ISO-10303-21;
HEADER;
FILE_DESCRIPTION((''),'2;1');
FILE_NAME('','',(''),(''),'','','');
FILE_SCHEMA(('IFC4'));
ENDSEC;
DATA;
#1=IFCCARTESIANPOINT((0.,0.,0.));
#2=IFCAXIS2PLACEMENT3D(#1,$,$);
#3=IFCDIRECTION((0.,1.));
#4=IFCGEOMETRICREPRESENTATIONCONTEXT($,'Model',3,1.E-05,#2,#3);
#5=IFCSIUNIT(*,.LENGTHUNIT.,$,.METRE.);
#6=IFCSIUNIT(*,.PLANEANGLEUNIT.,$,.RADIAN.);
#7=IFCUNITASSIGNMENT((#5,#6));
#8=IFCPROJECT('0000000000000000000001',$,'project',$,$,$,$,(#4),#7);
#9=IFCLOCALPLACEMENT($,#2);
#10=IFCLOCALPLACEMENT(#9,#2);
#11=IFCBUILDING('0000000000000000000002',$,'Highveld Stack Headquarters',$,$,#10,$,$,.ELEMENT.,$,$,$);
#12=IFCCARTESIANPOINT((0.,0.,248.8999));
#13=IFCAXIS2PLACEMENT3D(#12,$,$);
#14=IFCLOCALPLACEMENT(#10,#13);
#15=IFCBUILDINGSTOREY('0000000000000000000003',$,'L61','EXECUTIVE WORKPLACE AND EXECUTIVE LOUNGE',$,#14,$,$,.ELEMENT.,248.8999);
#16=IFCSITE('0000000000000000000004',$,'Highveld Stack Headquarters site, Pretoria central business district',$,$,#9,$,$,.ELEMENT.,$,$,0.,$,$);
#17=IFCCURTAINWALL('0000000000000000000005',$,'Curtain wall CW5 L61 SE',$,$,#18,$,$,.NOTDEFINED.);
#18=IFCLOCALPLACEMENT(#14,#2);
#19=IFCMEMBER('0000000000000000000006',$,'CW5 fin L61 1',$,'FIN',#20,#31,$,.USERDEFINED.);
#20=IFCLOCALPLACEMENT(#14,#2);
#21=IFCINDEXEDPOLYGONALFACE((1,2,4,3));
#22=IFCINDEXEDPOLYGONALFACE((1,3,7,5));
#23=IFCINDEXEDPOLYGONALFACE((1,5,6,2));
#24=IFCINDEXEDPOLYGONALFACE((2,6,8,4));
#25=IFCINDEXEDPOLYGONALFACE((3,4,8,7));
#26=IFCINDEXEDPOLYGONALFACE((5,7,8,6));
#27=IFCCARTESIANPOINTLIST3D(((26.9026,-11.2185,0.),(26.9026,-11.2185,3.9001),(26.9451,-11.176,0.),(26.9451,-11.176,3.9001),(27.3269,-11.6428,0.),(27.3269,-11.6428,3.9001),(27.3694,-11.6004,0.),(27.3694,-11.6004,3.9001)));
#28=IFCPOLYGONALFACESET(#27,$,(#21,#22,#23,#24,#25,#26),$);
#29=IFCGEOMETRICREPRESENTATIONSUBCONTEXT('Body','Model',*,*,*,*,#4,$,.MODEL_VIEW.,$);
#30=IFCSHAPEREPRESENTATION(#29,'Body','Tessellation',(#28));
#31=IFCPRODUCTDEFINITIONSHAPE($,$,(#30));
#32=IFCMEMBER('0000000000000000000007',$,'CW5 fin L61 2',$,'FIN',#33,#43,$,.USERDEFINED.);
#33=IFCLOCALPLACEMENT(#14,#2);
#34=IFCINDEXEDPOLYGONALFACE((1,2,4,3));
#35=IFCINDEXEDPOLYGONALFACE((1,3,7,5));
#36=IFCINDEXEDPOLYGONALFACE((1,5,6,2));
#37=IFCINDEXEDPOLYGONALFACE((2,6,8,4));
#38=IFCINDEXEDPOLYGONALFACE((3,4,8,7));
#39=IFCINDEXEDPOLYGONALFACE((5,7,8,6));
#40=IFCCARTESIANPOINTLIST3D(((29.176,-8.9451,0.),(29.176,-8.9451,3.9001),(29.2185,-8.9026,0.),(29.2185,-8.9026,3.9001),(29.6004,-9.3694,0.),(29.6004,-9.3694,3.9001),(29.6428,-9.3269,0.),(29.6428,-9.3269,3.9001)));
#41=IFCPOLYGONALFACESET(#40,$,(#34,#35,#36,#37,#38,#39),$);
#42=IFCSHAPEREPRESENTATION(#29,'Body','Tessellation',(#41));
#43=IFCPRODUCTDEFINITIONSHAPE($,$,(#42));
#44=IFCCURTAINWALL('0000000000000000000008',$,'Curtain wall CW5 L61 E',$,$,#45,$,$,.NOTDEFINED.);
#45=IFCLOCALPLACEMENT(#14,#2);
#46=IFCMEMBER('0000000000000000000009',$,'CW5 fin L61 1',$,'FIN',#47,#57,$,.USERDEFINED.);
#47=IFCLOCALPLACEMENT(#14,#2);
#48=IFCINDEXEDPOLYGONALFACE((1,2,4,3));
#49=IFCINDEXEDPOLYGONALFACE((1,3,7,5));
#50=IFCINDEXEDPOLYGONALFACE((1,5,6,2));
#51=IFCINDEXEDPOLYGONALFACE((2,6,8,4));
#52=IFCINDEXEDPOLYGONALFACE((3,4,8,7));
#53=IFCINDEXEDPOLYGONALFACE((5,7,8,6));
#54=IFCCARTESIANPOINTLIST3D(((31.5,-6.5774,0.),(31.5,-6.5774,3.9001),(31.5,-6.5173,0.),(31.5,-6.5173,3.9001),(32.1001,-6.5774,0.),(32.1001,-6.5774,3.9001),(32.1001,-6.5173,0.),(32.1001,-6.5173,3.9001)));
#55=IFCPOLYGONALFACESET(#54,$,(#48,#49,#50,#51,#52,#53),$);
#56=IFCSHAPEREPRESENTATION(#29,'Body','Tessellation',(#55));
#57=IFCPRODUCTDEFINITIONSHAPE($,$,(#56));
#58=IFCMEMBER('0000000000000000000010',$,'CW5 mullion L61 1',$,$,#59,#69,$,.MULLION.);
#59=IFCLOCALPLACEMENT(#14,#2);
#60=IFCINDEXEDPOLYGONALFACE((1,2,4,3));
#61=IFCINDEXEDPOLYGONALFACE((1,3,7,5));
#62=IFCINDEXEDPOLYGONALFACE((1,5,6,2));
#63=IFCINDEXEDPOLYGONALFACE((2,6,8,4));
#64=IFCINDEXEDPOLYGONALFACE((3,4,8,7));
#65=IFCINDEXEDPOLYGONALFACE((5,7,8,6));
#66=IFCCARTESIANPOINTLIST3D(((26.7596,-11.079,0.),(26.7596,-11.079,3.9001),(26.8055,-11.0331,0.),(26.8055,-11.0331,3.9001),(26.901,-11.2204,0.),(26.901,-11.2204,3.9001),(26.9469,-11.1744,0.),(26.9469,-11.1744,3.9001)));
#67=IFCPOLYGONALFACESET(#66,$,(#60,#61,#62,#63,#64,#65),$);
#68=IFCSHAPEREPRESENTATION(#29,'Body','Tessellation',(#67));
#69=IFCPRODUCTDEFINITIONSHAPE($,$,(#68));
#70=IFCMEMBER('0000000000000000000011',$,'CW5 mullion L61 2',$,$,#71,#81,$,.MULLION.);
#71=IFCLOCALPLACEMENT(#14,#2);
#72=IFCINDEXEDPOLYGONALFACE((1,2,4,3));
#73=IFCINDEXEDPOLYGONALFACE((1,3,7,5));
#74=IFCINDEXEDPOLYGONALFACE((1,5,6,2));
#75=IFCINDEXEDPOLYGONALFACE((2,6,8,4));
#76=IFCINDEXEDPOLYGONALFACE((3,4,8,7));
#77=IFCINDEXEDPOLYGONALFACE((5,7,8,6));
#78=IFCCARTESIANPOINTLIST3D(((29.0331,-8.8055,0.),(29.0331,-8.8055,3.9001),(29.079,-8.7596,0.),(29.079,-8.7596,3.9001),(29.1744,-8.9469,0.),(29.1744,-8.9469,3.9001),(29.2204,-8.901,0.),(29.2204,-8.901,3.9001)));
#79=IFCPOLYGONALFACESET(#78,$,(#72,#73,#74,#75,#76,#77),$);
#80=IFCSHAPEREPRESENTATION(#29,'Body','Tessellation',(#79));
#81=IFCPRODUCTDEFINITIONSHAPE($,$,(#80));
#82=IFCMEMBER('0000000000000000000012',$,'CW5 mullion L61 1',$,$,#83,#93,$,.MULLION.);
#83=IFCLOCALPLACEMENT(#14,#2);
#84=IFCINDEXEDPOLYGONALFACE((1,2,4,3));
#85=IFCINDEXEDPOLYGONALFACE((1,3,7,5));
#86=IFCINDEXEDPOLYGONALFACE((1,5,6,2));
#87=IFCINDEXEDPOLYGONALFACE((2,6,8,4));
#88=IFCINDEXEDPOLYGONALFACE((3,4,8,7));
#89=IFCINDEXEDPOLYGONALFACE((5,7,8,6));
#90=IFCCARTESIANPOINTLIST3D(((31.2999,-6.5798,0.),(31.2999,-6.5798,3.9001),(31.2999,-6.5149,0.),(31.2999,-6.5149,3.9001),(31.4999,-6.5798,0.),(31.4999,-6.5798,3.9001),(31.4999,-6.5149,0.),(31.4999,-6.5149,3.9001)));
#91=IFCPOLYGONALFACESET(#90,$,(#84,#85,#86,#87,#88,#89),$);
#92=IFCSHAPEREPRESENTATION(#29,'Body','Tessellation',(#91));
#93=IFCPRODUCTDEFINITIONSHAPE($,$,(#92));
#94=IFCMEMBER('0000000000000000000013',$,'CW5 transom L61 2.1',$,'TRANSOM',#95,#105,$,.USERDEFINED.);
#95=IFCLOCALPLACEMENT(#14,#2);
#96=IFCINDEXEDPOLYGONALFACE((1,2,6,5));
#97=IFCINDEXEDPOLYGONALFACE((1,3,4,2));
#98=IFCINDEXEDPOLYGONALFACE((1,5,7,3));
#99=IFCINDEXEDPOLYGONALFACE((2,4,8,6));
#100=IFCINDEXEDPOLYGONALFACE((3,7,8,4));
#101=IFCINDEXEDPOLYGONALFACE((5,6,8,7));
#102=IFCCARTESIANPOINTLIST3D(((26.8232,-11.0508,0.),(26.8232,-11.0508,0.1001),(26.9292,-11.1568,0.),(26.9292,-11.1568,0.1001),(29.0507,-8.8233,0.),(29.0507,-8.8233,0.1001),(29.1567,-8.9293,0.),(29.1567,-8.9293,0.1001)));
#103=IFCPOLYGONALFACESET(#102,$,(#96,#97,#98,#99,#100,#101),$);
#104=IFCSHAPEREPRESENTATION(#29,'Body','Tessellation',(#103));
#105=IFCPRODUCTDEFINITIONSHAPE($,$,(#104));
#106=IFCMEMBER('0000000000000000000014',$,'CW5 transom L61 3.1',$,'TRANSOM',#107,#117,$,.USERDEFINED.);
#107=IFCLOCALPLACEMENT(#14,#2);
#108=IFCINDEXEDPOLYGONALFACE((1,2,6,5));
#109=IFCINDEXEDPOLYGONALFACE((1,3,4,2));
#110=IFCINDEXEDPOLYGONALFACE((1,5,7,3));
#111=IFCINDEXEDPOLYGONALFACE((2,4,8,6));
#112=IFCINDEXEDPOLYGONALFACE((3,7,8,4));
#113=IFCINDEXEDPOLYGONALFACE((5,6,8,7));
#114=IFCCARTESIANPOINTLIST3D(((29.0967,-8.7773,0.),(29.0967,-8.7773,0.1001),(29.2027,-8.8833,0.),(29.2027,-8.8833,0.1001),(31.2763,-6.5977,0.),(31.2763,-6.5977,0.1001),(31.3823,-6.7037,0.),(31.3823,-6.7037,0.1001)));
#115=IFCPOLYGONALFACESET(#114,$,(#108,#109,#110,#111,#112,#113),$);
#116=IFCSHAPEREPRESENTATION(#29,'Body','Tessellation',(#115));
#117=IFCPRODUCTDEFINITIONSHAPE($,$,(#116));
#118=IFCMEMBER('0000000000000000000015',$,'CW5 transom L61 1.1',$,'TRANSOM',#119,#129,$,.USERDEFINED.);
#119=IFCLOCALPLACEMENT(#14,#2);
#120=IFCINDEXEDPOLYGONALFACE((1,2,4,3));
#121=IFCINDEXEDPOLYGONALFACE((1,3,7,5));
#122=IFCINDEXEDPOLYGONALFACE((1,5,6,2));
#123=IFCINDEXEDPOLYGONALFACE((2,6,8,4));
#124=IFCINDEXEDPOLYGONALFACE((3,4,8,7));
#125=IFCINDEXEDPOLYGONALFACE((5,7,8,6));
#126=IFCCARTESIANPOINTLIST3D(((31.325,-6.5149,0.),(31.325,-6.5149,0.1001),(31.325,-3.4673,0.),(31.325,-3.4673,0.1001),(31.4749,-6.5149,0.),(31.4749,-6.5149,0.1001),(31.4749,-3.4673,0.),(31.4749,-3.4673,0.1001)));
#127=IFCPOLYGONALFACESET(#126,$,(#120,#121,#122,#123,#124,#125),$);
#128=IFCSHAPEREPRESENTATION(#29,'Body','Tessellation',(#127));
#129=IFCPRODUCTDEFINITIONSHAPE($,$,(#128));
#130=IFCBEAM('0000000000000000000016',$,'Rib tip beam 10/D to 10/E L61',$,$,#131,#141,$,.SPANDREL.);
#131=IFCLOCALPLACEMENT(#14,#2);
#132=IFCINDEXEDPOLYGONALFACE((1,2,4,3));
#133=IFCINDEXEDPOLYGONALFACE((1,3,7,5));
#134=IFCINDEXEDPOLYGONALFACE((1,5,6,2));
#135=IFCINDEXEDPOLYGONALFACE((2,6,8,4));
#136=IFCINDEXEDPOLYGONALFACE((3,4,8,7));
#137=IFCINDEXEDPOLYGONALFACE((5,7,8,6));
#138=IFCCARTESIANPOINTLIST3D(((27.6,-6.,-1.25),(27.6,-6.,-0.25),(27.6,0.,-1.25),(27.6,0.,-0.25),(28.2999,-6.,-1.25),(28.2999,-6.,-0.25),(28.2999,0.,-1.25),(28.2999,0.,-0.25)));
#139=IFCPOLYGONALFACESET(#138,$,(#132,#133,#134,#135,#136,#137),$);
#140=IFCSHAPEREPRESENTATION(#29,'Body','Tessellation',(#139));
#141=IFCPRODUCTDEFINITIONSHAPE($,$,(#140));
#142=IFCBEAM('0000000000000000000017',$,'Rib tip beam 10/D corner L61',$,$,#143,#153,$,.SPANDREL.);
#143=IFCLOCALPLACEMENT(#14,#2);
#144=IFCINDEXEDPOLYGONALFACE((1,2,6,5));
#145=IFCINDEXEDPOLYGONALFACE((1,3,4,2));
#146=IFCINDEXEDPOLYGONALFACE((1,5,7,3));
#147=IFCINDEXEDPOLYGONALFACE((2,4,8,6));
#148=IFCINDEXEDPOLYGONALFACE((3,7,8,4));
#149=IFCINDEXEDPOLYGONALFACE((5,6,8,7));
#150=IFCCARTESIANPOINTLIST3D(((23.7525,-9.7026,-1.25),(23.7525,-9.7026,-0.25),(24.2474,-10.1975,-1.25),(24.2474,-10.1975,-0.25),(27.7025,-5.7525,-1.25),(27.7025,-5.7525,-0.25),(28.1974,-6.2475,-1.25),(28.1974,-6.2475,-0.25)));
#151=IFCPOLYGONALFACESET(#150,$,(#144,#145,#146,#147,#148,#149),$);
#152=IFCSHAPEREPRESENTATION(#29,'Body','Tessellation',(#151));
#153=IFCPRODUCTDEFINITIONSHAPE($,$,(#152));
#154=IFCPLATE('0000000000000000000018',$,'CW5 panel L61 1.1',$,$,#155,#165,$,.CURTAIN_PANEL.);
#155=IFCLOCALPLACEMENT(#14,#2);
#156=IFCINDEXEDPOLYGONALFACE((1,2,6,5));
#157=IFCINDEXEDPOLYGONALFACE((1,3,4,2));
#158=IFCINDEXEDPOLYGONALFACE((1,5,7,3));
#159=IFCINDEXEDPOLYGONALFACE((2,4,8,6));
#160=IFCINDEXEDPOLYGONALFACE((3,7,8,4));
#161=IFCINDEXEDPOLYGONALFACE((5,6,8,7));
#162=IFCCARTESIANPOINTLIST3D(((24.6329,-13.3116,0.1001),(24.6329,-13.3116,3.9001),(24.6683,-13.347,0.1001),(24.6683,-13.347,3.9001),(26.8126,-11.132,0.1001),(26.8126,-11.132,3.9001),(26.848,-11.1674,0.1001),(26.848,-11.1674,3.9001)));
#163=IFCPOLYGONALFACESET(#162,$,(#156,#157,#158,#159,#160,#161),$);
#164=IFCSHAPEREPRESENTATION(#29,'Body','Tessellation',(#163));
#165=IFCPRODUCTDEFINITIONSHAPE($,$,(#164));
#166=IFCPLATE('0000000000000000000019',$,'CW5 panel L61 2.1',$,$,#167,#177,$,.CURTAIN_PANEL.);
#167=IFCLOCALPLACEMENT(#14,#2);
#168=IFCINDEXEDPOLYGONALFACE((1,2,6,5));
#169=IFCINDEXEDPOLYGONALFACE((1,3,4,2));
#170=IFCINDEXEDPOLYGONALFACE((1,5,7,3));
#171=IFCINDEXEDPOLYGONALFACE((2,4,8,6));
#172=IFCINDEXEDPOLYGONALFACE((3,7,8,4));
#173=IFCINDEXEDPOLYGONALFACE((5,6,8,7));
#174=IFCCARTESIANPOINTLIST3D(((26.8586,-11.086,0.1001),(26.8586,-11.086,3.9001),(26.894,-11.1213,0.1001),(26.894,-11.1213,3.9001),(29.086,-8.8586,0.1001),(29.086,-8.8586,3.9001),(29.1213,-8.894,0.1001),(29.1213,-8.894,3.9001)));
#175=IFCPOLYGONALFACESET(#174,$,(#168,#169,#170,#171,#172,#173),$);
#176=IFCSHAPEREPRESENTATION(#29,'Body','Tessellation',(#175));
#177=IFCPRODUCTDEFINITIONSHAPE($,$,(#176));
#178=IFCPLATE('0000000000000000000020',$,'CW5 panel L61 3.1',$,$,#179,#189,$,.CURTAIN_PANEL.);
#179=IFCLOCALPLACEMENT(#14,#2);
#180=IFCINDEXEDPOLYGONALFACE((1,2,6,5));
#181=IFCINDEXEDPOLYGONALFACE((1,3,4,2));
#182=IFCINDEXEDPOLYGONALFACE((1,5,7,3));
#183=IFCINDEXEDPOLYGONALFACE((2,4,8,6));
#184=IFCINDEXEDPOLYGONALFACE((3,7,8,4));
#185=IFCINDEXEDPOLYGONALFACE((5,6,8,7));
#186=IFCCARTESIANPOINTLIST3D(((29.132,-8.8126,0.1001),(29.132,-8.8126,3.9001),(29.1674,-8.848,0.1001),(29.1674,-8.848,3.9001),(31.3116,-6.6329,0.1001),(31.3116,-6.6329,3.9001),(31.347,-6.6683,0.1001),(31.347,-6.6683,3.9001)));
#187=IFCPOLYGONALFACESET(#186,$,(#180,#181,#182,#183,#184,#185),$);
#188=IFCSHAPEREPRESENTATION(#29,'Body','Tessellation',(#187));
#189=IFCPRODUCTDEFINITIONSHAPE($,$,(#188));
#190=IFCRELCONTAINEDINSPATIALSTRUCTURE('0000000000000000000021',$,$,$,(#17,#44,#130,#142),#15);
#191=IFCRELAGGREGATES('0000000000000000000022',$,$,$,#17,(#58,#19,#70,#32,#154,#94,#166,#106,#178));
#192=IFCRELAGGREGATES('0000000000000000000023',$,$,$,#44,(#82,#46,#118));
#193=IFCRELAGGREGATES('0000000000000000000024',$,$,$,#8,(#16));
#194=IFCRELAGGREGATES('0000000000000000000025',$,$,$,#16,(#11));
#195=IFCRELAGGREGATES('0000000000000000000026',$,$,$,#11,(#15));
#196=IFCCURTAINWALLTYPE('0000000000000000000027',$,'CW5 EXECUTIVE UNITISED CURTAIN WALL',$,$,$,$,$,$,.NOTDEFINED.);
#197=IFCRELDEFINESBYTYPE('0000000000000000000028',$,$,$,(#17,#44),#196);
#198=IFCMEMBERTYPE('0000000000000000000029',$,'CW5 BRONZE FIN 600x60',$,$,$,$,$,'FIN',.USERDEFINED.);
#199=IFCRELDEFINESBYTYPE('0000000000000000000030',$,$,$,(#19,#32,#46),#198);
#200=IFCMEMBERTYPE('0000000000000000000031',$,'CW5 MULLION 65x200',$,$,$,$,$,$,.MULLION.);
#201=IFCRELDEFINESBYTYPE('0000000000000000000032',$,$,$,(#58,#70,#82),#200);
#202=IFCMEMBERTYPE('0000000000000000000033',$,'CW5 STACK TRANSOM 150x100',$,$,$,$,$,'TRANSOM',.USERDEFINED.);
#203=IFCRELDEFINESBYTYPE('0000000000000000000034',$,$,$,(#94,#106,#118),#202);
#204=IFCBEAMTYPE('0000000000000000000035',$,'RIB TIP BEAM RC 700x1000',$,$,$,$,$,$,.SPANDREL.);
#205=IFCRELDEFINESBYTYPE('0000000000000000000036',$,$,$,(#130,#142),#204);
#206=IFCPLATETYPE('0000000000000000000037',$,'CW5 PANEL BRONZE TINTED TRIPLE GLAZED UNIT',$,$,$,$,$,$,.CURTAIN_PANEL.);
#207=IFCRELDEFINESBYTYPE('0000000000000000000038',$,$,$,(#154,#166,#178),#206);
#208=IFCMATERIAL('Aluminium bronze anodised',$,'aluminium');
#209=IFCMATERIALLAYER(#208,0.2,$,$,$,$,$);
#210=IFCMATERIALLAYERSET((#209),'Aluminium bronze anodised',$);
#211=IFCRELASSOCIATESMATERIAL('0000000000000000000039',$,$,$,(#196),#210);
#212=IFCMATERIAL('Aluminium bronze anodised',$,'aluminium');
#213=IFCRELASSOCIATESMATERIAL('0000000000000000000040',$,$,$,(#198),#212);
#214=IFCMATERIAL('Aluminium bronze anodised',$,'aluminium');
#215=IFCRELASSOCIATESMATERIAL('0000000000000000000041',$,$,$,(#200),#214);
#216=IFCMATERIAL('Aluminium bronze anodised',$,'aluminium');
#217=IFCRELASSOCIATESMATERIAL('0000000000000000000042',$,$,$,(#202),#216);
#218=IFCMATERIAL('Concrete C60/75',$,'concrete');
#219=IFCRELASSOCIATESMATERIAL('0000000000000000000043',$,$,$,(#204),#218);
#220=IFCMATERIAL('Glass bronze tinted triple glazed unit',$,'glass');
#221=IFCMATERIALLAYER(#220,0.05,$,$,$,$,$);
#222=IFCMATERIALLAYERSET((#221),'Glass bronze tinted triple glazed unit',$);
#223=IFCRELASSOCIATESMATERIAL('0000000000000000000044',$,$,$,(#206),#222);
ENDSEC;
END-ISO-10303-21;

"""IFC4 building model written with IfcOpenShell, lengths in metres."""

from ifc_helpers import new_model, si_unit, direction, frame, origin, origin_2d, place, context, subcontext, project, spatial, rectangle, extrude, material, layer, layer_set, material_profile, profile_set, type_object, element, aggregate, save


model = new_model("IFC4")

# Units and contexts
model_context = context("Model", 3, precision=1e-05, world=origin(), true_north=direction((0.0, 1.0)))
body_context = subcontext(model_context, "Body", "Model", "MODEL_VIEW")
ifc_project = project(units=[si_unit("LENGTHUNIT", "METRE"), si_unit("PLANEANGLEUNIT", "RADIAN")], contexts=[model_context])

# Site, building, storey
site_placement = place(None, origin())
site = spatial("IfcSite", under=ifc_project, at=site_placement, Name="Highveld Stack Headquarters site, Pretoria central business district", CompositionType="ELEMENT", RefElevation=0.0)
building_placement = place(site_placement, origin())
building = spatial("IfcBuilding", under=site, at=building_placement, Name="Highveld Stack Headquarters", CompositionType="ELEMENT")
storey_placement = place(building_placement, frame((0.0, 0.0, 248.8999)))
storey = spatial("IfcBuildingStorey", under=building, at=storey_placement, Name="L61", Description="EXECUTIVE WORKPLACE AND EXECUTIVE LOUNGE", CompositionType="ELEMENT", Elevation=248.8999)

# Curtain wall, members
ifc_material_1 = material(Name="Aluminium bronze anodised", Category="aluminium")
ifc_layer_1 = layer(ifc_material_1, 0.2)
ifc_layer_set_1 = layer_set([ifc_layer_1], Name="Aluminium bronze anodised")
curtain_wall_type = type_object("IfcCurtainWallType", Name="CW5 EXECUTIVE UNITISED CURTAIN WALL", PredefinedType="NOTDEFINED", material=ifc_layer_set_1)
curtain_wall_1_placement = place(storey_placement, origin())
curtain_wall_1 = element("IfcCurtainWall", 1, at=curtain_wall_1_placement, inside=storey, type_object=curtain_wall_type, Name="Curtain wall CW5 L61 SE", PredefinedType="NOTDEFINED")
ifc_material_2 = material(Name="Aluminium bronze anodised", Category="aluminium")
ifc_material_profile_1 = material_profile(ifc_material_2, rectangle(XDim=0.6001, YDim=0.0601, at=origin_2d()), Name="FIN 600x60")
ifc_profile_set_1 = profile_set([ifc_material_profile_1], Name="Aluminium bronze anodised")
member_type_1 = type_object("IfcMemberType", Name="CW5 BRONZE FIN 600x60", ElementType="FIN", PredefinedType="USERDEFINED", material=ifc_profile_set_1)
member_1_placement = place(storey_placement, frame((27.136, -11.4094, 0.0), z_axis=(0.0, 0.0, 1.0), x_axis=(-0.707107, 0.707107, 0.0)))
member_1 = element("IfcMember", 2, at=member_1_placement, type_object=member_type_1, Name="CW5 fin L61 1", ObjectType="FIN", PredefinedType="USERDEFINED", context=body_context, shape_type="SweptSolid", body=[
    extrude(rectangle(XDim=0.6001, YDim=0.0601, at=origin_2d()), origin(), (0.0, 0.0, 1.0), 3.9001),
])
member_2_placement = place(storey_placement, frame((29.4094, -9.136, 0.0), z_axis=(0.0, 0.0, 1.0), x_axis=(-0.707107, 0.707107, 0.0)))
member_2 = element("IfcMember", 3, at=member_2_placement, type_object=member_type_1, Name="CW5 fin L61 2", ObjectType="FIN", PredefinedType="USERDEFINED", context=body_context, shape_type="SweptSolid", body=[
    extrude(rectangle(XDim=0.6001, YDim=0.0601, at=origin_2d()), origin(), (0.0, 0.0, 1.0), 3.9001),
])

# Curtain wall, member
curtain_wall_2_placement = place(storey_placement, origin())
curtain_wall_2 = element("IfcCurtainWall", 4, at=curtain_wall_2_placement, inside=storey, type_object=curtain_wall_type, Name="Curtain wall CW5 L61 E", PredefinedType="NOTDEFINED")
member_3_placement = place(storey_placement, frame((31.8, -6.5474, 0.0), z_axis=(0.0, 0.0, 1.0), x_axis=(-1.0, 0.0, 0.0)))
member_3 = element("IfcMember", 5, at=member_3_placement, type_object=member_type_1, Name="CW5 fin L61 1", ObjectType="FIN", PredefinedType="USERDEFINED", context=body_context, shape_type="SweptSolid", body=[
    extrude(rectangle(XDim=0.6001, YDim=0.0601, at=origin_2d()), origin(), (0.0, 0.0, 1.0), 3.9001),
])

# Members
ifc_material_3 = material(Name="Aluminium bronze anodised", Category="aluminium")
ifc_material_profile_2 = material_profile(ifc_material_3, rectangle(XDim=0.2, YDim=0.0649, at=origin_2d()), Name="CW5 MULLION 65x200")
ifc_profile_set_2 = profile_set([ifc_material_profile_2], Name="Aluminium bronze anodised")
member_type_2 = type_object("IfcMemberType", Name="CW5 MULLION 65x200", PredefinedType="MULLION", material=ifc_profile_set_2)
member_4_placement = place(storey_placement, frame((26.8533, -11.1267, 0.0), z_axis=(0.0, 0.0, 1.0), x_axis=(-0.707107, 0.707107, 0.0)))
member_4 = element("IfcMember", 6, at=member_4_placement, type_object=member_type_2, Name="CW5 mullion L61 1", PredefinedType="MULLION", context=body_context, shape_type="SweptSolid", body=[
    extrude(rectangle(XDim=0.2, YDim=0.0649, at=origin_2d()), origin(), (0.0, 0.0, 1.0), 3.9001),
])
member_5_placement = place(storey_placement, frame((29.1267, -8.8533, 0.0), z_axis=(0.0, 0.0, 1.0), x_axis=(-0.707107, 0.707107, 0.0)))
member_5 = element("IfcMember", 7, at=member_5_placement, type_object=member_type_2, Name="CW5 mullion L61 2", PredefinedType="MULLION", context=body_context, shape_type="SweptSolid", body=[
    extrude(rectangle(XDim=0.2, YDim=0.0649, at=origin_2d()), origin(), (0.0, 0.0, 1.0), 3.9001),
])
member_6_placement = place(storey_placement, frame((31.3999, -6.5474, 0.0), z_axis=(0.0, 0.0, 1.0), x_axis=(-1.0, 0.0, 0.0)))
member_6 = element("IfcMember", 8, at=member_6_placement, type_object=member_type_2, Name="CW5 mullion L61 1", PredefinedType="MULLION", context=body_context, shape_type="SweptSolid", body=[
    extrude(rectangle(XDim=0.2, YDim=0.0649, at=origin_2d()), origin(), (0.0, 0.0, 1.0), 3.9001),
])
ifc_material_4 = material(Name="Aluminium bronze anodised", Category="aluminium")
ifc_material_profile_3 = material_profile(ifc_material_4, rectangle(XDim=0.1499, YDim=0.1001, at=origin_2d()), Name="CW5 TRANSOM 150x100")
ifc_profile_set_3 = profile_set([ifc_material_profile_3], Name="Aluminium bronze anodised")
member_type_3 = type_object("IfcMemberType", Name="CW5 STACK TRANSOM 150x100", ElementType="TRANSOM", PredefinedType="USERDEFINED", material=ifc_profile_set_3)
member_7_placement = place(storey_placement, frame((26.8762, -11.1038, 0.05), z_axis=(0.707107, 0.707107, 0.0), x_axis=(-0.707107, 0.707107, 0.0)))
member_7 = element("IfcMember", 9, at=member_7_placement, type_object=member_type_3, Name="CW5 transom L61 2.1", ObjectType="TRANSOM", PredefinedType="USERDEFINED", context=body_context, shape_type="SweptSolid", body=[
    extrude(rectangle(XDim=0.1499, YDim=0.1001, at=origin_2d()), origin(), (0.0, 0.0, 1.0), 3.1501),
])
member_8_placement = place(storey_placement, frame((29.1497, -8.8303, 0.05), z_axis=(0.707107, 0.707107, 0.0), x_axis=(-0.707107, 0.707107, 0.0)))
member_8 = element("IfcMember", 10, at=member_8_placement, type_object=member_type_3, Name="CW5 transom L61 3.1", ObjectType="TRANSOM", PredefinedType="USERDEFINED", context=body_context, shape_type="SweptSolid", body=[
    extrude(rectangle(XDim=0.1499, YDim=0.1001, at=origin_2d()), origin(), (0.0, 0.0, 1.0), 3.0825),
])
member_9_placement = place(storey_placement, frame((31.3999, -6.5149, 0.05), z_axis=(0.0, 1.0, 0.0), x_axis=(-1.0, 0.0, 0.0)))
member_9 = element("IfcMember", 11, at=member_9_placement, type_object=member_type_3, Name="CW5 transom L61 1.1", ObjectType="TRANSOM", PredefinedType="USERDEFINED", context=body_context, shape_type="SweptSolid", body=[
    extrude(rectangle(XDim=0.1499, YDim=0.1001, at=origin_2d()), origin(), (0.0, 0.0, 1.0), 3.0476),
])

# Beams
ifc_material_5 = material(Name="Concrete C60/75", Category="concrete")
ifc_material_profile_4 = material_profile(ifc_material_5, rectangle(XDim=0.7, YDim=1.0, at=origin_2d()), Name="RC 700x1000")
ifc_profile_set_4 = profile_set([ifc_material_profile_4], Name="Concrete C60/75")
beam_type = type_object("IfcBeamType", Name="RIB TIP BEAM RC 700x1000", PredefinedType="SPANDREL", material=ifc_profile_set_4)
beam_1_placement = place(storey_placement, frame((27.95, -6.0, -0.75), z_axis=(0.0, 1.0, 0.0), x_axis=(-1.0, 0.0, 0.0)))
element("IfcBeam", 12, at=beam_1_placement, inside=storey, type_object=beam_type, Name="Rib tip beam 10/D to 10/E L61", PredefinedType="SPANDREL", context=body_context, shape_type="SweptSolid", body=[
    extrude(rectangle(XDim=0.7, YDim=1.0, at=origin_2d()), origin(), (0.0, 0.0, 1.0), 6.0),
])
beam_2_placement = place(storey_placement, frame((27.95, -6.0, -0.75), z_axis=(-0.707107, -0.707107, 0.0), x_axis=(0.707107, -0.707107, 0.0)))
element("IfcBeam", 13, at=beam_2_placement, inside=storey, type_object=beam_type, Name="Rib tip beam 10/D corner L61", PredefinedType="SPANDREL", context=body_context, shape_type="SweptSolid", body=[
    extrude(rectangle(XDim=0.7, YDim=1.0, at=origin_2d()), origin(), (0.0, 0.0, 1.0), 5.5862),
])

# Plates
ifc_material_6 = material(Name="Glass bronze tinted triple glazed unit", Category="glass")
ifc_layer_2 = layer(ifc_material_6, 0.05)
ifc_layer_set_2 = layer_set([ifc_layer_2], Name="Glass bronze tinted triple glazed unit")
plate_type = type_object("IfcPlateType", Name="CW5 PANEL BRONZE TINTED TRIPLE GLAZED UNIT", PredefinedType="CURTAIN_PANEL", material=ifc_layer_set_2)
plate_1_placement = place(storey_placement, frame((25.7405, -12.2395, 0.1001), z_axis=(0.0, 0.0, 1.0), x_axis=(0.707107, 0.707107, 0.0)))
plate_1 = element("IfcPlate", 14, at=plate_1_placement, type_object=plate_type, Name="CW5 panel L61 1.1", PredefinedType="CURTAIN_PANEL", context=body_context, shape_type="SweptSolid", body=[
    extrude(rectangle(XDim=3.0825, YDim=0.05, at=origin_2d()), origin(), (0.0, 0.0, 1.0), 3.8),
])
plate_2_placement = place(storey_placement, frame((27.99, -9.99, 0.1001), z_axis=(0.0, 0.0, 1.0), x_axis=(0.707107, 0.707107, 0.0)))
plate_2 = element("IfcPlate", 15, at=plate_2_placement, type_object=plate_type, Name="CW5 panel L61 2.1", PredefinedType="CURTAIN_PANEL", context=body_context, shape_type="SweptSolid", body=[
    extrude(rectangle(XDim=3.1499, YDim=0.05, at=origin_2d()), origin(), (0.0, 0.0, 1.0), 3.8),
])
plate_3_placement = place(storey_placement, frame((30.2395, -7.7405, 0.1001), z_axis=(0.0, 0.0, 1.0), x_axis=(0.707107, 0.707107, 0.0)))
plate_3 = element("IfcPlate", 16, at=plate_3_placement, type_object=plate_type, Name="CW5 panel L61 3.1", PredefinedType="CURTAIN_PANEL", context=body_context, shape_type="SweptSolid", body=[
    extrude(rectangle(XDim=3.0825, YDim=0.05, at=origin_2d()), origin(), (0.0, 0.0, 1.0), 3.8),
])
aggregate(curtain_wall_1, [member_4, member_1, member_5, member_2, plate_1, member_7, plate_2, member_8, plate_3])
aggregate(curtain_wall_2, [member_6, member_3, member_9])

save(model, "model.ifc")
